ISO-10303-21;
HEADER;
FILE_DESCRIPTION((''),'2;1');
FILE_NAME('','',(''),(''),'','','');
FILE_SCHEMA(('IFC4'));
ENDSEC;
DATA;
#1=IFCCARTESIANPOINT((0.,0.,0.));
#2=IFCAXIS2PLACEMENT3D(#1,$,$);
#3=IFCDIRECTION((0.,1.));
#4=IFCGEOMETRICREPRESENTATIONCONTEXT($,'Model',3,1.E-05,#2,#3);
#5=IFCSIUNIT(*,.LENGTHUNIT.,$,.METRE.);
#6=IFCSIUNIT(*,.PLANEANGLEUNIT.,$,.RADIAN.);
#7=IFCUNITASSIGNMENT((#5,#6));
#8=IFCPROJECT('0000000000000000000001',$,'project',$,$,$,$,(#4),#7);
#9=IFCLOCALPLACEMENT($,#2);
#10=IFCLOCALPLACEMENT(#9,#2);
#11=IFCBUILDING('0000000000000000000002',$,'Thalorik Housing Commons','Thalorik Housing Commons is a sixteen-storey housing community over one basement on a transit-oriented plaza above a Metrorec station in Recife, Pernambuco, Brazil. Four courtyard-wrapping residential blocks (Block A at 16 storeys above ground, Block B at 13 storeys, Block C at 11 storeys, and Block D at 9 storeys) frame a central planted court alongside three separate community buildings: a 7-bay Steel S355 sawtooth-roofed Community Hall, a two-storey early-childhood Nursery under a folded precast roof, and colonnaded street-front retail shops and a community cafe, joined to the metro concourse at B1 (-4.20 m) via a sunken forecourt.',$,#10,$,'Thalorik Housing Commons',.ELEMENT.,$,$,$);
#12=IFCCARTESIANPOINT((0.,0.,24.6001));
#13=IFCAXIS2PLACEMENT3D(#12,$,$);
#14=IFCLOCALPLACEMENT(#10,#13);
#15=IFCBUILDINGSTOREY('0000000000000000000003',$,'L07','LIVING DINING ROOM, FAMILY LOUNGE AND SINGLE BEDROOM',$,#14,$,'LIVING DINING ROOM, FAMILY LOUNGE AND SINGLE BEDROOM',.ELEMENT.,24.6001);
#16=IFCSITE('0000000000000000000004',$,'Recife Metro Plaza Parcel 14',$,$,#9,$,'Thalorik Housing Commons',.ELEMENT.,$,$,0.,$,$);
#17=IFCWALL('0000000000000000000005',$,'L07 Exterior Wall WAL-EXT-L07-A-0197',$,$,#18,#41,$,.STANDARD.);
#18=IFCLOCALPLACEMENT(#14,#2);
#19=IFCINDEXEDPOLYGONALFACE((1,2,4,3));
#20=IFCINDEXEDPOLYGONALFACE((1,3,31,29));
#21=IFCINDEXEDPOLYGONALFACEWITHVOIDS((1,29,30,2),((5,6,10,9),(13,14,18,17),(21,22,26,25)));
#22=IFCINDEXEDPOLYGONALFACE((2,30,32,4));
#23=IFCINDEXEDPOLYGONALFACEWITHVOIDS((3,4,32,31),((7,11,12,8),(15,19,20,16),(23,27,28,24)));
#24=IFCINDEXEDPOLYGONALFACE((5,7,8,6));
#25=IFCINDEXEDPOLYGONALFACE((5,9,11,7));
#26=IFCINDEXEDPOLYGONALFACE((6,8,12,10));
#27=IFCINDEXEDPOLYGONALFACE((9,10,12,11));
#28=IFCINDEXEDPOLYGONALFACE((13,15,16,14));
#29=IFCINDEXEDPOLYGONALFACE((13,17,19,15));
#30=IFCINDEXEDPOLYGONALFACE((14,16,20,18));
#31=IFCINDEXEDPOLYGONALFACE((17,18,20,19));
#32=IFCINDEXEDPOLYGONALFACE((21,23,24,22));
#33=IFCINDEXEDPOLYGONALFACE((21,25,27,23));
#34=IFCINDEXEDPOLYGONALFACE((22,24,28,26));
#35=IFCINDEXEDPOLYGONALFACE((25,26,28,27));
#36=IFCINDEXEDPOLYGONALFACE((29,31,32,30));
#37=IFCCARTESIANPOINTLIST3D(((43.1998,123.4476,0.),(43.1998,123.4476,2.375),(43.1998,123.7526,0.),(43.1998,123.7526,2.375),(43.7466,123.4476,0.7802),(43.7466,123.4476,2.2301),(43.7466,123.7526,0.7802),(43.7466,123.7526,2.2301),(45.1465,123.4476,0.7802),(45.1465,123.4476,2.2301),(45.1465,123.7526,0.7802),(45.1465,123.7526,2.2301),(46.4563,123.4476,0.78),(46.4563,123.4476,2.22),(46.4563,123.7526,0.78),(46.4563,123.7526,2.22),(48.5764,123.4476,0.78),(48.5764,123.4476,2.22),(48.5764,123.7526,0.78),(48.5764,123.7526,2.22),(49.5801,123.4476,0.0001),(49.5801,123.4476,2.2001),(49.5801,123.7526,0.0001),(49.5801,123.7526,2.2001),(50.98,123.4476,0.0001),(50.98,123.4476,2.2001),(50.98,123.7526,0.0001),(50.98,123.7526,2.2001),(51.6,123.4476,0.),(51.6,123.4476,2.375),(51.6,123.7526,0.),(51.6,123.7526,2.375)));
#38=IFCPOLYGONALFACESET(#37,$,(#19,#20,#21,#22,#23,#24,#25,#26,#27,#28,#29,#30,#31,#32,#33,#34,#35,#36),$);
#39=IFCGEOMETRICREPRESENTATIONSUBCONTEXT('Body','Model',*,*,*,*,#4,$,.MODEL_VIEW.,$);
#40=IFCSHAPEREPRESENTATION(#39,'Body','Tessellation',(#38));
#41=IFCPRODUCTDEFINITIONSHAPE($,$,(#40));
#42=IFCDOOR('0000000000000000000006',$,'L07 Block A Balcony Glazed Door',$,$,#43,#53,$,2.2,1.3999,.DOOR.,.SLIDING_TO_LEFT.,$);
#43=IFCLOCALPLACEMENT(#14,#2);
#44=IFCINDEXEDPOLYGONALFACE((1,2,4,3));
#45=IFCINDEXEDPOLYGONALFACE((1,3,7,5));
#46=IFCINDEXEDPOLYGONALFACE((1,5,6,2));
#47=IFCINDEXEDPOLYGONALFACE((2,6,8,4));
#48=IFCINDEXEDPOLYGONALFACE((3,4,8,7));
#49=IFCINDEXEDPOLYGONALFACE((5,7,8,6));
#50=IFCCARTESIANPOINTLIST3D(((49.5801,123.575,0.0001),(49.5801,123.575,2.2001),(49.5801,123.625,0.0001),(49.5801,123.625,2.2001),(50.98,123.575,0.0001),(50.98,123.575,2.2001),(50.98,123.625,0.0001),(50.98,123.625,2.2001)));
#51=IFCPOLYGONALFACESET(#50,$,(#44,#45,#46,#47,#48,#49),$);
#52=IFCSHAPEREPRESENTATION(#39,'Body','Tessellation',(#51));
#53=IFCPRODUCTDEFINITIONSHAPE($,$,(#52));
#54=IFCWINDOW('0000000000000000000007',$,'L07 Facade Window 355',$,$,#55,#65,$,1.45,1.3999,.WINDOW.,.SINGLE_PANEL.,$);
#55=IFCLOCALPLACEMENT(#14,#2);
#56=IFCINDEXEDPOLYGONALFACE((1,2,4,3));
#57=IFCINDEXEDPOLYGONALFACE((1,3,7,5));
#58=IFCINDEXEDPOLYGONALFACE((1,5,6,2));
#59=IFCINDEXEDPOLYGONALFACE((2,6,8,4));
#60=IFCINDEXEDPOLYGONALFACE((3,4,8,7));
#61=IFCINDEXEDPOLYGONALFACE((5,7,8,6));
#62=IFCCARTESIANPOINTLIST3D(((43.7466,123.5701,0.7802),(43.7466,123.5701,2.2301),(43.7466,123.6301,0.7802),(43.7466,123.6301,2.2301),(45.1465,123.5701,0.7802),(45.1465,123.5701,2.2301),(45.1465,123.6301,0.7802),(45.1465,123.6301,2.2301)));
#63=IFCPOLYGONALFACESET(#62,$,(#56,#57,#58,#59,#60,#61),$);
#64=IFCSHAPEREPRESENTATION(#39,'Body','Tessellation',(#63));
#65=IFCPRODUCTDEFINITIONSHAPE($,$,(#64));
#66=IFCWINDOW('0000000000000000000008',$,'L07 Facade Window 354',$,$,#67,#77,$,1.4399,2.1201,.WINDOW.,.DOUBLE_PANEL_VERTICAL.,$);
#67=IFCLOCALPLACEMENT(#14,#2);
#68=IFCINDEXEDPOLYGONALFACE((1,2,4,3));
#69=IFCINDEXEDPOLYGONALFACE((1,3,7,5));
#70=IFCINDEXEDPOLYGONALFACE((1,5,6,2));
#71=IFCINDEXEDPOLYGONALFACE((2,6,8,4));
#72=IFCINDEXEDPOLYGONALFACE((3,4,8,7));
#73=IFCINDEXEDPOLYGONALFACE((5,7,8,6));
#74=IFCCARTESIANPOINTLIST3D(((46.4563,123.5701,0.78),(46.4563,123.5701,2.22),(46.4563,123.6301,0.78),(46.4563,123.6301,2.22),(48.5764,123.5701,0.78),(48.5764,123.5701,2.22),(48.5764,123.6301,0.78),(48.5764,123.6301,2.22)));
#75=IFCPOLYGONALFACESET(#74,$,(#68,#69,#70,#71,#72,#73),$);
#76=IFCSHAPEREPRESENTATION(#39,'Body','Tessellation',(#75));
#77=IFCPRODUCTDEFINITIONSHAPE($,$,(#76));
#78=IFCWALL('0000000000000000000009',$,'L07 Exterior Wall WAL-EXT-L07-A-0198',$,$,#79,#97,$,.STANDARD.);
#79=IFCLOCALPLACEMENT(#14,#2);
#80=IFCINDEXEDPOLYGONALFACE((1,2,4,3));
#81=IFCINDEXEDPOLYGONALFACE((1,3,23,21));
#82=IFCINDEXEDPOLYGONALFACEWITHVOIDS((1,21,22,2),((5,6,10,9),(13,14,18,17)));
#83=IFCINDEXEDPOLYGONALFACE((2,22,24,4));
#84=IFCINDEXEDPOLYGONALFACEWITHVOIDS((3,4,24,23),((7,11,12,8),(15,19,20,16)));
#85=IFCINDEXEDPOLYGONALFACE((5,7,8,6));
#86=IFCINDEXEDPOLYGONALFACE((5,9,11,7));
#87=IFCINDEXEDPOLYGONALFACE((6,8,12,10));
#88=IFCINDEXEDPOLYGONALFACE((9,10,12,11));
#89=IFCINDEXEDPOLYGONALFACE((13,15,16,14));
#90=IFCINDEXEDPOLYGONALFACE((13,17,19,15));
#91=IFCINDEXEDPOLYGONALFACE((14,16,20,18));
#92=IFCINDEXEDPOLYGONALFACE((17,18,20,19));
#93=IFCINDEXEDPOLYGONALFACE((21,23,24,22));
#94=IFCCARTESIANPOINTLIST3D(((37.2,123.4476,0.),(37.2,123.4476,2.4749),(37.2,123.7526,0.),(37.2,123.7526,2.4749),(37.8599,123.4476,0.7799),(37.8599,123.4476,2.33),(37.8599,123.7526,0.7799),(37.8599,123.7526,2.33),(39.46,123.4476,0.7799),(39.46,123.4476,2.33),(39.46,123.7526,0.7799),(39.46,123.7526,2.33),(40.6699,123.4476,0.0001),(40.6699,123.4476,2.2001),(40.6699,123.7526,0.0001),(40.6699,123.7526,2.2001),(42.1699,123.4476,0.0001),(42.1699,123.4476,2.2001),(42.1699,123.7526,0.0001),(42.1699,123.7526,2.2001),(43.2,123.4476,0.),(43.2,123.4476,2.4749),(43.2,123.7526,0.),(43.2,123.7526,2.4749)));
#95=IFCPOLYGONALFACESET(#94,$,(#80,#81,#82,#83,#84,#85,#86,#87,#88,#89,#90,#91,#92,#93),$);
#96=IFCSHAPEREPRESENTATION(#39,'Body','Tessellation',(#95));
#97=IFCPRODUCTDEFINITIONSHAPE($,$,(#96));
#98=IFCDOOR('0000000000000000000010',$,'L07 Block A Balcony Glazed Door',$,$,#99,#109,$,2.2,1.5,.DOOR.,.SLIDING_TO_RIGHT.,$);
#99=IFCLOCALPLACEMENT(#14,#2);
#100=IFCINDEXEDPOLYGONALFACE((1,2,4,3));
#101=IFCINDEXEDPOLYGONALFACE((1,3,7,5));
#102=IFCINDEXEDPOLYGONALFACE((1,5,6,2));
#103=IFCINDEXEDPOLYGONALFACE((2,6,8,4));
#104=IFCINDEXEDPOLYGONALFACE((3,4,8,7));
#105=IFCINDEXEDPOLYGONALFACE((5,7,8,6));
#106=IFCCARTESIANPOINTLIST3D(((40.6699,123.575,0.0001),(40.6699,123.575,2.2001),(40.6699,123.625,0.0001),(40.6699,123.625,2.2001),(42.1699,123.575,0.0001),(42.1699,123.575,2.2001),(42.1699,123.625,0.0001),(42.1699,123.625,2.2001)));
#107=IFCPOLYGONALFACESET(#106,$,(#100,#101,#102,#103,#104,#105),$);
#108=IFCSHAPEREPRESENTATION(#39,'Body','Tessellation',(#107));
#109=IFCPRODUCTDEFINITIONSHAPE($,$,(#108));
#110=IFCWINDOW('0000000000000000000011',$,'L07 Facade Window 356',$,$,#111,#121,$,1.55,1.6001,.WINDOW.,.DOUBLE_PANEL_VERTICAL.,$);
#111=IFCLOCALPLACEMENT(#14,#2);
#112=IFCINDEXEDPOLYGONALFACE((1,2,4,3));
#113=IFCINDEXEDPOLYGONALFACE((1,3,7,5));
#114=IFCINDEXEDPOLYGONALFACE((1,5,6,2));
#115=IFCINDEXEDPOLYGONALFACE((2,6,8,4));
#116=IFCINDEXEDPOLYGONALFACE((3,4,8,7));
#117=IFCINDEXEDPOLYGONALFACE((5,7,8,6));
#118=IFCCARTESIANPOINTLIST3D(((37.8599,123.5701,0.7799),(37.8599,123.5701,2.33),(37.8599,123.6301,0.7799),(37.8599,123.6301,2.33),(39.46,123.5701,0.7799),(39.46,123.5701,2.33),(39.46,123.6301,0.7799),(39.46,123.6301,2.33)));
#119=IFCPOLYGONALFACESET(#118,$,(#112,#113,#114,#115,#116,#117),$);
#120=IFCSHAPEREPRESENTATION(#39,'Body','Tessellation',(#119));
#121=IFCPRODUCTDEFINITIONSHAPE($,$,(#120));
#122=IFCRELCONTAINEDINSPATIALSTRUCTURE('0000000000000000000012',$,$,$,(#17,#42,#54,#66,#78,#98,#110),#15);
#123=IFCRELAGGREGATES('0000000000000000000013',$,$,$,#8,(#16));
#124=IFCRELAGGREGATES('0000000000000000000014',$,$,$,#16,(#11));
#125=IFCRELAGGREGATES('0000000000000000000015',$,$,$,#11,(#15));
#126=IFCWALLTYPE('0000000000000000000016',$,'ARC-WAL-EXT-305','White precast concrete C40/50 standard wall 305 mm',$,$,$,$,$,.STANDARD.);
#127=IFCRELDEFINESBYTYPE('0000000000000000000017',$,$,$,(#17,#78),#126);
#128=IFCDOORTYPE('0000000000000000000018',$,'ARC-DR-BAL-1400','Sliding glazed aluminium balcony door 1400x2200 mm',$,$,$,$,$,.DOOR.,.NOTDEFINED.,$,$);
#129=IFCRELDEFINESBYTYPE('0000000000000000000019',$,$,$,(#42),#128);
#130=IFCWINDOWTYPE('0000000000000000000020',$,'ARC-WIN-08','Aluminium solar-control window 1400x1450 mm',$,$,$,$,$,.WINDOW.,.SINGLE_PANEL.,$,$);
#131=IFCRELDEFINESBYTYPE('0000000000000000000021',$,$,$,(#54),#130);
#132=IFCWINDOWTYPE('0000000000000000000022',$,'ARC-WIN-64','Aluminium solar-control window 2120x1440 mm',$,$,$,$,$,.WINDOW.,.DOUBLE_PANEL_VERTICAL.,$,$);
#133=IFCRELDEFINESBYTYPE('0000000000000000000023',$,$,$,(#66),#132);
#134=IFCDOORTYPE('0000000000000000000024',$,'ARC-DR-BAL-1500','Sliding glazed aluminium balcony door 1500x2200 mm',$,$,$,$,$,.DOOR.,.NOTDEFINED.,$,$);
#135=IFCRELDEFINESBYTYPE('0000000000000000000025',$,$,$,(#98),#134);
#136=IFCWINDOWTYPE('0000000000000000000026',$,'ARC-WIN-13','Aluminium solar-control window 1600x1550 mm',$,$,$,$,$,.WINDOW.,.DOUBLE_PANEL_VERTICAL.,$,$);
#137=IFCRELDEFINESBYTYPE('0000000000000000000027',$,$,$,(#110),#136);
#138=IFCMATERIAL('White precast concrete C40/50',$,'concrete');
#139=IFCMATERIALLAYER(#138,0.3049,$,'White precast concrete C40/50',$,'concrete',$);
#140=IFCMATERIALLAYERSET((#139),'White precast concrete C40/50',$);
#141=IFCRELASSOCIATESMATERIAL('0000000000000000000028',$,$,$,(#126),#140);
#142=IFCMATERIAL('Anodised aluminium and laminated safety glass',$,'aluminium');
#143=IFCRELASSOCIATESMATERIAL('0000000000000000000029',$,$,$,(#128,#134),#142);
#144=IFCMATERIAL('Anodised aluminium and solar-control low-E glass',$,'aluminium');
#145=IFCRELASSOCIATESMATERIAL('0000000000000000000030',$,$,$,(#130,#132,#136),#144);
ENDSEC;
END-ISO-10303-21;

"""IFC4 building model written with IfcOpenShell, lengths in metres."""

from ifc_helpers import new_model, si_unit, direction, frame, frame_2d, origin, place, context, subcontext, project, spatial, rectangle, extrude, material, layer, layer_set, type_object, element, fill, save


model = new_model("IFC4")

# Units and contexts
model_context = context("Model", 3, precision=1e-05, world=origin(), true_north=direction((0.0, 1.0)))
body_context = subcontext(model_context, "Body", "Model", "MODEL_VIEW")
ifc_project = project(units=[si_unit("LENGTHUNIT", "METRE"), si_unit("PLANEANGLEUNIT", "RADIAN")], contexts=[model_context])

# Site, building, storey
site_placement = place(None, origin())
site = spatial("IfcSite", under=ifc_project, at=site_placement, Name="Recife Metro Plaza Parcel 14", LongName="Thalorik Housing Commons", CompositionType="ELEMENT", RefElevation=0.0)
building_placement = place(site_placement, origin())
building = spatial("IfcBuilding", under=site, at=building_placement, Name="Thalorik Housing Commons", Description="Thalorik Housing Commons is a sixteen-storey housing community over one basement on a transit-oriented plaza above a Metrorec station in Recife, Pernambuco, Brazil. Four courtyard-wrapping residential blocks (Block A at 16 storeys above ground, Block B at 13 storeys, Block C at 11 storeys, and Block D at 9 storeys) frame a central planted court alongside three separate community buildings: a 7-bay Steel S355 sawtooth-roofed Community Hall, a two-storey early-childhood Nursery under a folded precast roof, and colonnaded street-front retail shops and a community cafe, joined to the metro concourse at B1 (-4.20 m) via a sunken forecourt.", LongName="Thalorik Housing Commons", CompositionType="ELEMENT")
storey_placement = place(building_placement, frame((0.0, 0.0, 24.6001)))
storey = spatial("IfcBuildingStorey", under=building, at=storey_placement, Name="L07", Description="LIVING DINING ROOM, FAMILY LOUNGE AND SINGLE BEDROOM", LongName="LIVING DINING ROOM, FAMILY LOUNGE AND SINGLE BEDROOM", CompositionType="ELEMENT", Elevation=24.6001)

# Shared definitions
ifc_material_1 = material(Name="Anodised aluminium and solar-control low-E glass", Category="aluminium")

# Shared definitions
ifc_material_2 = material(Name="White precast concrete C40/50", Category="concrete")
ifc_layer_1 = layer(ifc_material_2, 0.3049, Name="White precast concrete C40/50", Category="concrete")
ifc_layer_set_1 = layer_set([ifc_layer_1], Name="White precast concrete C40/50")
wall_type_1 = type_object("IfcWallType", Name="ARC-WAL-EXT-305", Description="White precast concrete C40/50 standard wall 305 mm", PredefinedType="STANDARD", material=ifc_layer_set_1)

# Wall, openings, door, windows
wall_1_placement = place(storey_placement, frame((51.6001, 123.6001, 0.0), z_axis=(0.0, 0.0, 1.0), x_axis=(-1.0, 0.0, 0.0)))
wall_1 = element("IfcWall", 1, at=wall_1_placement, inside=storey, type_object=wall_type_1, Name="L07 Exterior Wall WAL-EXT-L07-A-0197", PredefinedType="STANDARD", context=body_context, shape_type="SweptSolid", body=[
    extrude(rectangle(XDim=8.4001, YDim=0.3049, at=frame_2d((4.2002, 0.0))), origin(), (0.0, 0.0, 1.0), 2.375),
])
opening_1_placement = place(wall_1_placement, frame((0.6201, 0.0, 0.0)))
opening_1 = element("IfcOpeningElement", 2, at=opening_1_placement, cuts=wall_1, PredefinedType="OPENING", context=body_context, shape_type="SweptSolid", body=[
    extrude(rectangle(XDim=1.3999, YDim=2.2, at=frame_2d((0.7, 1.1001))), frame((0.0, 0.1626, 0.0), z_axis=(0.0, -1.0, 0.0), x_axis=(1.0, 0.0, 0.0)), (0.0, 0.0, 1.0), 0.325),
])
opening_2_placement = place(wall_1_placement, frame((3.0237, 0.0, 0.78)))
opening_2 = element("IfcOpeningElement", 3, at=opening_2_placement, cuts=wall_1, PredefinedType="OPENING", context=body_context, shape_type="SweptSolid", body=[
    extrude(rectangle(XDim=2.1201, YDim=1.4399, at=frame_2d((1.0601, 0.72))), frame((0.0, 0.1626, 0.0), z_axis=(0.0, -1.0, 0.0), x_axis=(1.0, 0.0, 0.0)), (0.0, 0.0, 1.0), 0.325),
])
opening_3_placement = place(wall_1_placement, frame((6.4536, 0.0, 0.78)))
opening_3 = element("IfcOpeningElement", 4, at=opening_3_placement, cuts=wall_1, PredefinedType="OPENING", context=body_context, shape_type="SweptSolid", body=[
    extrude(rectangle(XDim=1.3999, YDim=1.45, at=frame_2d((0.7, 0.7251))), frame((0.0, 0.1626, 0.0), z_axis=(0.0, -1.0, 0.0), x_axis=(1.0, 0.0, 0.0)), (0.0, 0.0, 1.0), 0.325),
])
ifc_material_3 = material(Name="Anodised aluminium and laminated safety glass", Category="aluminium")
door_type_1 = type_object("IfcDoorType", Name="ARC-DR-BAL-1400", Description="Sliding glazed aluminium balcony door 1400x2200 mm", OperationType="NOTDEFINED", PredefinedType="DOOR", material=ifc_material_3)
door_1_placement = place(opening_1_placement, frame((1.3999, 0.0, 0.0), z_axis=(0.0, 0.0, 1.0), x_axis=(-1.0, 0.0, 0.0)))
door_1 = element("IfcDoor", 5, at=door_1_placement, inside=storey, type_object=door_type_1, Name="L07 Block A Balcony Glazed Door", OperationType="SLIDING_TO_LEFT", OverallHeight=2.2, OverallWidth=1.3999, PredefinedType="DOOR", context=body_context, shape_type="SweptSolid", body=[
    extrude(rectangle(XDim=1.3999, YDim=2.2, at=frame_2d((0.7, 1.1001))), frame((0.0, 0.0249, 0.0), z_axis=(0.0, -1.0, 0.0), x_axis=(1.0, 0.0, 0.0)), (0.0, 0.0, 1.0), 0.05),
])
fill(opening_1, door_1)
window_type_1 = type_object("IfcWindowType", Name="ARC-WIN-08", Description="Aluminium solar-control window 1400x1450 mm", PartitioningType="SINGLE_PANEL", PredefinedType="WINDOW", material=ifc_material_1)
window_1_placement = place(opening_3_placement, origin())
window_1 = element("IfcWindow", 6, at=window_1_placement, inside=storey, type_object=window_type_1, Name="L07 Facade Window 355", OverallHeight=1.45, OverallWidth=1.3999, PartitioningType="SINGLE_PANEL", PredefinedType="WINDOW", context=body_context, shape_type="SweptSolid", body=[
    extrude(rectangle(XDim=1.3999, YDim=1.45, at=frame_2d((0.7, 0.7251))), frame((0.0, 0.03, 0.0), z_axis=(0.0, -1.0, 0.0), x_axis=(1.0, 0.0, 0.0)), (0.0, 0.0, 1.0), 0.0601),
])
fill(opening_3, window_1)
window_type_2 = type_object("IfcWindowType", Name="ARC-WIN-64", Description="Aluminium solar-control window 2120x1440 mm", PartitioningType="DOUBLE_PANEL_VERTICAL", PredefinedType="WINDOW", material=ifc_material_1)
window_2_placement = place(opening_2_placement, origin())
window_2 = element("IfcWindow", 7, at=window_2_placement, inside=storey, type_object=window_type_2, Name="L07 Facade Window 354", OverallHeight=1.4399, OverallWidth=2.1201, PartitioningType="DOUBLE_PANEL_VERTICAL", PredefinedType="WINDOW", context=body_context, shape_type="SweptSolid", body=[
    extrude(rectangle(XDim=2.1201, YDim=1.4399, at=frame_2d((1.0601, 0.72))), frame((0.0, 0.03, 0.0), z_axis=(0.0, -1.0, 0.0), x_axis=(1.0, 0.0, 0.0)), (0.0, 0.0, 1.0), 0.0601),
])
fill(opening_2, window_2)

# Wall, openings, door, window
wall_2_placement = place(storey_placement, frame((43.2, 123.6001, 0.0), z_axis=(0.0, 0.0, 1.0), x_axis=(-1.0, 0.0, 0.0)))
wall_2 = element("IfcWall", 8, at=wall_2_placement, inside=storey, type_object=wall_type_1, Name="L07 Exterior Wall WAL-EXT-L07-A-0198", PredefinedType="STANDARD", context=body_context, shape_type="SweptSolid", body=[
    extrude(rectangle(XDim=6.0, YDim=0.3049, at=frame_2d((3.0, 0.0))), origin(), (0.0, 0.0, 1.0), 2.4749),
])
opening_4_placement = place(wall_2_placement, frame((1.03, 0.0, 0.0)))
opening_4 = element("IfcOpeningElement", 9, at=opening_4_placement, cuts=wall_2, PredefinedType="OPENING", context=body_context, shape_type="SweptSolid", body=[
    extrude(rectangle(XDim=1.5, YDim=2.2, at=frame_2d((0.75, 1.1001))), frame((0.0, 0.1626, 0.0), z_axis=(0.0, -1.0, 0.0), x_axis=(1.0, 0.0, 0.0)), (0.0, 0.0, 1.0), 0.325),
])
opening_5_placement = place(wall_2_placement, frame((3.74, 0.0, 0.78)))
opening_5 = element("IfcOpeningElement", 10, at=opening_5_placement, cuts=wall_2, PredefinedType="OPENING", context=body_context, shape_type="SweptSolid", body=[
    extrude(rectangle(XDim=1.6001, YDim=1.55, at=frame_2d((0.8, 0.7749))), frame((0.0, 0.1626, 0.0), z_axis=(0.0, -1.0, 0.0), x_axis=(1.0, 0.0, 0.0)), (0.0, 0.0, 1.0), 0.325),
])
door_type_2 = type_object("IfcDoorType", Name="ARC-DR-BAL-1500", Description="Sliding glazed aluminium balcony door 1500x2200 mm", OperationType="NOTDEFINED", PredefinedType="DOOR", material=ifc_material_3)
door_2_placement = place(opening_4_placement, frame((1.5, 0.0, 0.0), z_axis=(0.0, 0.0, 1.0), x_axis=(-1.0, 0.0, 0.0)))
door_2 = element("IfcDoor", 11, at=door_2_placement, inside=storey, type_object=door_type_2, Name="L07 Block A Balcony Glazed Door", OperationType="SLIDING_TO_RIGHT", OverallHeight=2.2, OverallWidth=1.5, PredefinedType="DOOR", context=body_context, shape_type="SweptSolid", body=[
    extrude(rectangle(XDim=1.5, YDim=2.2, at=frame_2d((0.75, 1.1001))), frame((0.0, 0.0249, 0.0), z_axis=(0.0, -1.0, 0.0), x_axis=(1.0, 0.0, 0.0)), (0.0, 0.0, 1.0), 0.05),
])
fill(opening_4, door_2)
window_type_3 = type_object("IfcWindowType", Name="ARC-WIN-13", Description="Aluminium solar-control window 1600x1550 mm", PartitioningType="DOUBLE_PANEL_VERTICAL", PredefinedType="WINDOW", material=ifc_material_1)
window_3_placement = place(opening_5_placement, origin())
window_3 = element("IfcWindow", 12, at=window_3_placement, inside=storey, type_object=window_type_3, Name="L07 Facade Window 356", OverallHeight=1.55, OverallWidth=1.6001, PartitioningType="DOUBLE_PANEL_VERTICAL", PredefinedType="WINDOW", context=body_context, shape_type="SweptSolid", body=[
    extrude(rectangle(XDim=1.6001, YDim=1.55, at=frame_2d((0.8, 0.7749))), frame((0.0, 0.03, 0.0), z_axis=(0.0, -1.0, 0.0), x_axis=(1.0, 0.0, 0.0)), (0.0, 0.0, 1.0), 0.0601),
])
fill(opening_5, window_3)

save(model, "model.ifc")
